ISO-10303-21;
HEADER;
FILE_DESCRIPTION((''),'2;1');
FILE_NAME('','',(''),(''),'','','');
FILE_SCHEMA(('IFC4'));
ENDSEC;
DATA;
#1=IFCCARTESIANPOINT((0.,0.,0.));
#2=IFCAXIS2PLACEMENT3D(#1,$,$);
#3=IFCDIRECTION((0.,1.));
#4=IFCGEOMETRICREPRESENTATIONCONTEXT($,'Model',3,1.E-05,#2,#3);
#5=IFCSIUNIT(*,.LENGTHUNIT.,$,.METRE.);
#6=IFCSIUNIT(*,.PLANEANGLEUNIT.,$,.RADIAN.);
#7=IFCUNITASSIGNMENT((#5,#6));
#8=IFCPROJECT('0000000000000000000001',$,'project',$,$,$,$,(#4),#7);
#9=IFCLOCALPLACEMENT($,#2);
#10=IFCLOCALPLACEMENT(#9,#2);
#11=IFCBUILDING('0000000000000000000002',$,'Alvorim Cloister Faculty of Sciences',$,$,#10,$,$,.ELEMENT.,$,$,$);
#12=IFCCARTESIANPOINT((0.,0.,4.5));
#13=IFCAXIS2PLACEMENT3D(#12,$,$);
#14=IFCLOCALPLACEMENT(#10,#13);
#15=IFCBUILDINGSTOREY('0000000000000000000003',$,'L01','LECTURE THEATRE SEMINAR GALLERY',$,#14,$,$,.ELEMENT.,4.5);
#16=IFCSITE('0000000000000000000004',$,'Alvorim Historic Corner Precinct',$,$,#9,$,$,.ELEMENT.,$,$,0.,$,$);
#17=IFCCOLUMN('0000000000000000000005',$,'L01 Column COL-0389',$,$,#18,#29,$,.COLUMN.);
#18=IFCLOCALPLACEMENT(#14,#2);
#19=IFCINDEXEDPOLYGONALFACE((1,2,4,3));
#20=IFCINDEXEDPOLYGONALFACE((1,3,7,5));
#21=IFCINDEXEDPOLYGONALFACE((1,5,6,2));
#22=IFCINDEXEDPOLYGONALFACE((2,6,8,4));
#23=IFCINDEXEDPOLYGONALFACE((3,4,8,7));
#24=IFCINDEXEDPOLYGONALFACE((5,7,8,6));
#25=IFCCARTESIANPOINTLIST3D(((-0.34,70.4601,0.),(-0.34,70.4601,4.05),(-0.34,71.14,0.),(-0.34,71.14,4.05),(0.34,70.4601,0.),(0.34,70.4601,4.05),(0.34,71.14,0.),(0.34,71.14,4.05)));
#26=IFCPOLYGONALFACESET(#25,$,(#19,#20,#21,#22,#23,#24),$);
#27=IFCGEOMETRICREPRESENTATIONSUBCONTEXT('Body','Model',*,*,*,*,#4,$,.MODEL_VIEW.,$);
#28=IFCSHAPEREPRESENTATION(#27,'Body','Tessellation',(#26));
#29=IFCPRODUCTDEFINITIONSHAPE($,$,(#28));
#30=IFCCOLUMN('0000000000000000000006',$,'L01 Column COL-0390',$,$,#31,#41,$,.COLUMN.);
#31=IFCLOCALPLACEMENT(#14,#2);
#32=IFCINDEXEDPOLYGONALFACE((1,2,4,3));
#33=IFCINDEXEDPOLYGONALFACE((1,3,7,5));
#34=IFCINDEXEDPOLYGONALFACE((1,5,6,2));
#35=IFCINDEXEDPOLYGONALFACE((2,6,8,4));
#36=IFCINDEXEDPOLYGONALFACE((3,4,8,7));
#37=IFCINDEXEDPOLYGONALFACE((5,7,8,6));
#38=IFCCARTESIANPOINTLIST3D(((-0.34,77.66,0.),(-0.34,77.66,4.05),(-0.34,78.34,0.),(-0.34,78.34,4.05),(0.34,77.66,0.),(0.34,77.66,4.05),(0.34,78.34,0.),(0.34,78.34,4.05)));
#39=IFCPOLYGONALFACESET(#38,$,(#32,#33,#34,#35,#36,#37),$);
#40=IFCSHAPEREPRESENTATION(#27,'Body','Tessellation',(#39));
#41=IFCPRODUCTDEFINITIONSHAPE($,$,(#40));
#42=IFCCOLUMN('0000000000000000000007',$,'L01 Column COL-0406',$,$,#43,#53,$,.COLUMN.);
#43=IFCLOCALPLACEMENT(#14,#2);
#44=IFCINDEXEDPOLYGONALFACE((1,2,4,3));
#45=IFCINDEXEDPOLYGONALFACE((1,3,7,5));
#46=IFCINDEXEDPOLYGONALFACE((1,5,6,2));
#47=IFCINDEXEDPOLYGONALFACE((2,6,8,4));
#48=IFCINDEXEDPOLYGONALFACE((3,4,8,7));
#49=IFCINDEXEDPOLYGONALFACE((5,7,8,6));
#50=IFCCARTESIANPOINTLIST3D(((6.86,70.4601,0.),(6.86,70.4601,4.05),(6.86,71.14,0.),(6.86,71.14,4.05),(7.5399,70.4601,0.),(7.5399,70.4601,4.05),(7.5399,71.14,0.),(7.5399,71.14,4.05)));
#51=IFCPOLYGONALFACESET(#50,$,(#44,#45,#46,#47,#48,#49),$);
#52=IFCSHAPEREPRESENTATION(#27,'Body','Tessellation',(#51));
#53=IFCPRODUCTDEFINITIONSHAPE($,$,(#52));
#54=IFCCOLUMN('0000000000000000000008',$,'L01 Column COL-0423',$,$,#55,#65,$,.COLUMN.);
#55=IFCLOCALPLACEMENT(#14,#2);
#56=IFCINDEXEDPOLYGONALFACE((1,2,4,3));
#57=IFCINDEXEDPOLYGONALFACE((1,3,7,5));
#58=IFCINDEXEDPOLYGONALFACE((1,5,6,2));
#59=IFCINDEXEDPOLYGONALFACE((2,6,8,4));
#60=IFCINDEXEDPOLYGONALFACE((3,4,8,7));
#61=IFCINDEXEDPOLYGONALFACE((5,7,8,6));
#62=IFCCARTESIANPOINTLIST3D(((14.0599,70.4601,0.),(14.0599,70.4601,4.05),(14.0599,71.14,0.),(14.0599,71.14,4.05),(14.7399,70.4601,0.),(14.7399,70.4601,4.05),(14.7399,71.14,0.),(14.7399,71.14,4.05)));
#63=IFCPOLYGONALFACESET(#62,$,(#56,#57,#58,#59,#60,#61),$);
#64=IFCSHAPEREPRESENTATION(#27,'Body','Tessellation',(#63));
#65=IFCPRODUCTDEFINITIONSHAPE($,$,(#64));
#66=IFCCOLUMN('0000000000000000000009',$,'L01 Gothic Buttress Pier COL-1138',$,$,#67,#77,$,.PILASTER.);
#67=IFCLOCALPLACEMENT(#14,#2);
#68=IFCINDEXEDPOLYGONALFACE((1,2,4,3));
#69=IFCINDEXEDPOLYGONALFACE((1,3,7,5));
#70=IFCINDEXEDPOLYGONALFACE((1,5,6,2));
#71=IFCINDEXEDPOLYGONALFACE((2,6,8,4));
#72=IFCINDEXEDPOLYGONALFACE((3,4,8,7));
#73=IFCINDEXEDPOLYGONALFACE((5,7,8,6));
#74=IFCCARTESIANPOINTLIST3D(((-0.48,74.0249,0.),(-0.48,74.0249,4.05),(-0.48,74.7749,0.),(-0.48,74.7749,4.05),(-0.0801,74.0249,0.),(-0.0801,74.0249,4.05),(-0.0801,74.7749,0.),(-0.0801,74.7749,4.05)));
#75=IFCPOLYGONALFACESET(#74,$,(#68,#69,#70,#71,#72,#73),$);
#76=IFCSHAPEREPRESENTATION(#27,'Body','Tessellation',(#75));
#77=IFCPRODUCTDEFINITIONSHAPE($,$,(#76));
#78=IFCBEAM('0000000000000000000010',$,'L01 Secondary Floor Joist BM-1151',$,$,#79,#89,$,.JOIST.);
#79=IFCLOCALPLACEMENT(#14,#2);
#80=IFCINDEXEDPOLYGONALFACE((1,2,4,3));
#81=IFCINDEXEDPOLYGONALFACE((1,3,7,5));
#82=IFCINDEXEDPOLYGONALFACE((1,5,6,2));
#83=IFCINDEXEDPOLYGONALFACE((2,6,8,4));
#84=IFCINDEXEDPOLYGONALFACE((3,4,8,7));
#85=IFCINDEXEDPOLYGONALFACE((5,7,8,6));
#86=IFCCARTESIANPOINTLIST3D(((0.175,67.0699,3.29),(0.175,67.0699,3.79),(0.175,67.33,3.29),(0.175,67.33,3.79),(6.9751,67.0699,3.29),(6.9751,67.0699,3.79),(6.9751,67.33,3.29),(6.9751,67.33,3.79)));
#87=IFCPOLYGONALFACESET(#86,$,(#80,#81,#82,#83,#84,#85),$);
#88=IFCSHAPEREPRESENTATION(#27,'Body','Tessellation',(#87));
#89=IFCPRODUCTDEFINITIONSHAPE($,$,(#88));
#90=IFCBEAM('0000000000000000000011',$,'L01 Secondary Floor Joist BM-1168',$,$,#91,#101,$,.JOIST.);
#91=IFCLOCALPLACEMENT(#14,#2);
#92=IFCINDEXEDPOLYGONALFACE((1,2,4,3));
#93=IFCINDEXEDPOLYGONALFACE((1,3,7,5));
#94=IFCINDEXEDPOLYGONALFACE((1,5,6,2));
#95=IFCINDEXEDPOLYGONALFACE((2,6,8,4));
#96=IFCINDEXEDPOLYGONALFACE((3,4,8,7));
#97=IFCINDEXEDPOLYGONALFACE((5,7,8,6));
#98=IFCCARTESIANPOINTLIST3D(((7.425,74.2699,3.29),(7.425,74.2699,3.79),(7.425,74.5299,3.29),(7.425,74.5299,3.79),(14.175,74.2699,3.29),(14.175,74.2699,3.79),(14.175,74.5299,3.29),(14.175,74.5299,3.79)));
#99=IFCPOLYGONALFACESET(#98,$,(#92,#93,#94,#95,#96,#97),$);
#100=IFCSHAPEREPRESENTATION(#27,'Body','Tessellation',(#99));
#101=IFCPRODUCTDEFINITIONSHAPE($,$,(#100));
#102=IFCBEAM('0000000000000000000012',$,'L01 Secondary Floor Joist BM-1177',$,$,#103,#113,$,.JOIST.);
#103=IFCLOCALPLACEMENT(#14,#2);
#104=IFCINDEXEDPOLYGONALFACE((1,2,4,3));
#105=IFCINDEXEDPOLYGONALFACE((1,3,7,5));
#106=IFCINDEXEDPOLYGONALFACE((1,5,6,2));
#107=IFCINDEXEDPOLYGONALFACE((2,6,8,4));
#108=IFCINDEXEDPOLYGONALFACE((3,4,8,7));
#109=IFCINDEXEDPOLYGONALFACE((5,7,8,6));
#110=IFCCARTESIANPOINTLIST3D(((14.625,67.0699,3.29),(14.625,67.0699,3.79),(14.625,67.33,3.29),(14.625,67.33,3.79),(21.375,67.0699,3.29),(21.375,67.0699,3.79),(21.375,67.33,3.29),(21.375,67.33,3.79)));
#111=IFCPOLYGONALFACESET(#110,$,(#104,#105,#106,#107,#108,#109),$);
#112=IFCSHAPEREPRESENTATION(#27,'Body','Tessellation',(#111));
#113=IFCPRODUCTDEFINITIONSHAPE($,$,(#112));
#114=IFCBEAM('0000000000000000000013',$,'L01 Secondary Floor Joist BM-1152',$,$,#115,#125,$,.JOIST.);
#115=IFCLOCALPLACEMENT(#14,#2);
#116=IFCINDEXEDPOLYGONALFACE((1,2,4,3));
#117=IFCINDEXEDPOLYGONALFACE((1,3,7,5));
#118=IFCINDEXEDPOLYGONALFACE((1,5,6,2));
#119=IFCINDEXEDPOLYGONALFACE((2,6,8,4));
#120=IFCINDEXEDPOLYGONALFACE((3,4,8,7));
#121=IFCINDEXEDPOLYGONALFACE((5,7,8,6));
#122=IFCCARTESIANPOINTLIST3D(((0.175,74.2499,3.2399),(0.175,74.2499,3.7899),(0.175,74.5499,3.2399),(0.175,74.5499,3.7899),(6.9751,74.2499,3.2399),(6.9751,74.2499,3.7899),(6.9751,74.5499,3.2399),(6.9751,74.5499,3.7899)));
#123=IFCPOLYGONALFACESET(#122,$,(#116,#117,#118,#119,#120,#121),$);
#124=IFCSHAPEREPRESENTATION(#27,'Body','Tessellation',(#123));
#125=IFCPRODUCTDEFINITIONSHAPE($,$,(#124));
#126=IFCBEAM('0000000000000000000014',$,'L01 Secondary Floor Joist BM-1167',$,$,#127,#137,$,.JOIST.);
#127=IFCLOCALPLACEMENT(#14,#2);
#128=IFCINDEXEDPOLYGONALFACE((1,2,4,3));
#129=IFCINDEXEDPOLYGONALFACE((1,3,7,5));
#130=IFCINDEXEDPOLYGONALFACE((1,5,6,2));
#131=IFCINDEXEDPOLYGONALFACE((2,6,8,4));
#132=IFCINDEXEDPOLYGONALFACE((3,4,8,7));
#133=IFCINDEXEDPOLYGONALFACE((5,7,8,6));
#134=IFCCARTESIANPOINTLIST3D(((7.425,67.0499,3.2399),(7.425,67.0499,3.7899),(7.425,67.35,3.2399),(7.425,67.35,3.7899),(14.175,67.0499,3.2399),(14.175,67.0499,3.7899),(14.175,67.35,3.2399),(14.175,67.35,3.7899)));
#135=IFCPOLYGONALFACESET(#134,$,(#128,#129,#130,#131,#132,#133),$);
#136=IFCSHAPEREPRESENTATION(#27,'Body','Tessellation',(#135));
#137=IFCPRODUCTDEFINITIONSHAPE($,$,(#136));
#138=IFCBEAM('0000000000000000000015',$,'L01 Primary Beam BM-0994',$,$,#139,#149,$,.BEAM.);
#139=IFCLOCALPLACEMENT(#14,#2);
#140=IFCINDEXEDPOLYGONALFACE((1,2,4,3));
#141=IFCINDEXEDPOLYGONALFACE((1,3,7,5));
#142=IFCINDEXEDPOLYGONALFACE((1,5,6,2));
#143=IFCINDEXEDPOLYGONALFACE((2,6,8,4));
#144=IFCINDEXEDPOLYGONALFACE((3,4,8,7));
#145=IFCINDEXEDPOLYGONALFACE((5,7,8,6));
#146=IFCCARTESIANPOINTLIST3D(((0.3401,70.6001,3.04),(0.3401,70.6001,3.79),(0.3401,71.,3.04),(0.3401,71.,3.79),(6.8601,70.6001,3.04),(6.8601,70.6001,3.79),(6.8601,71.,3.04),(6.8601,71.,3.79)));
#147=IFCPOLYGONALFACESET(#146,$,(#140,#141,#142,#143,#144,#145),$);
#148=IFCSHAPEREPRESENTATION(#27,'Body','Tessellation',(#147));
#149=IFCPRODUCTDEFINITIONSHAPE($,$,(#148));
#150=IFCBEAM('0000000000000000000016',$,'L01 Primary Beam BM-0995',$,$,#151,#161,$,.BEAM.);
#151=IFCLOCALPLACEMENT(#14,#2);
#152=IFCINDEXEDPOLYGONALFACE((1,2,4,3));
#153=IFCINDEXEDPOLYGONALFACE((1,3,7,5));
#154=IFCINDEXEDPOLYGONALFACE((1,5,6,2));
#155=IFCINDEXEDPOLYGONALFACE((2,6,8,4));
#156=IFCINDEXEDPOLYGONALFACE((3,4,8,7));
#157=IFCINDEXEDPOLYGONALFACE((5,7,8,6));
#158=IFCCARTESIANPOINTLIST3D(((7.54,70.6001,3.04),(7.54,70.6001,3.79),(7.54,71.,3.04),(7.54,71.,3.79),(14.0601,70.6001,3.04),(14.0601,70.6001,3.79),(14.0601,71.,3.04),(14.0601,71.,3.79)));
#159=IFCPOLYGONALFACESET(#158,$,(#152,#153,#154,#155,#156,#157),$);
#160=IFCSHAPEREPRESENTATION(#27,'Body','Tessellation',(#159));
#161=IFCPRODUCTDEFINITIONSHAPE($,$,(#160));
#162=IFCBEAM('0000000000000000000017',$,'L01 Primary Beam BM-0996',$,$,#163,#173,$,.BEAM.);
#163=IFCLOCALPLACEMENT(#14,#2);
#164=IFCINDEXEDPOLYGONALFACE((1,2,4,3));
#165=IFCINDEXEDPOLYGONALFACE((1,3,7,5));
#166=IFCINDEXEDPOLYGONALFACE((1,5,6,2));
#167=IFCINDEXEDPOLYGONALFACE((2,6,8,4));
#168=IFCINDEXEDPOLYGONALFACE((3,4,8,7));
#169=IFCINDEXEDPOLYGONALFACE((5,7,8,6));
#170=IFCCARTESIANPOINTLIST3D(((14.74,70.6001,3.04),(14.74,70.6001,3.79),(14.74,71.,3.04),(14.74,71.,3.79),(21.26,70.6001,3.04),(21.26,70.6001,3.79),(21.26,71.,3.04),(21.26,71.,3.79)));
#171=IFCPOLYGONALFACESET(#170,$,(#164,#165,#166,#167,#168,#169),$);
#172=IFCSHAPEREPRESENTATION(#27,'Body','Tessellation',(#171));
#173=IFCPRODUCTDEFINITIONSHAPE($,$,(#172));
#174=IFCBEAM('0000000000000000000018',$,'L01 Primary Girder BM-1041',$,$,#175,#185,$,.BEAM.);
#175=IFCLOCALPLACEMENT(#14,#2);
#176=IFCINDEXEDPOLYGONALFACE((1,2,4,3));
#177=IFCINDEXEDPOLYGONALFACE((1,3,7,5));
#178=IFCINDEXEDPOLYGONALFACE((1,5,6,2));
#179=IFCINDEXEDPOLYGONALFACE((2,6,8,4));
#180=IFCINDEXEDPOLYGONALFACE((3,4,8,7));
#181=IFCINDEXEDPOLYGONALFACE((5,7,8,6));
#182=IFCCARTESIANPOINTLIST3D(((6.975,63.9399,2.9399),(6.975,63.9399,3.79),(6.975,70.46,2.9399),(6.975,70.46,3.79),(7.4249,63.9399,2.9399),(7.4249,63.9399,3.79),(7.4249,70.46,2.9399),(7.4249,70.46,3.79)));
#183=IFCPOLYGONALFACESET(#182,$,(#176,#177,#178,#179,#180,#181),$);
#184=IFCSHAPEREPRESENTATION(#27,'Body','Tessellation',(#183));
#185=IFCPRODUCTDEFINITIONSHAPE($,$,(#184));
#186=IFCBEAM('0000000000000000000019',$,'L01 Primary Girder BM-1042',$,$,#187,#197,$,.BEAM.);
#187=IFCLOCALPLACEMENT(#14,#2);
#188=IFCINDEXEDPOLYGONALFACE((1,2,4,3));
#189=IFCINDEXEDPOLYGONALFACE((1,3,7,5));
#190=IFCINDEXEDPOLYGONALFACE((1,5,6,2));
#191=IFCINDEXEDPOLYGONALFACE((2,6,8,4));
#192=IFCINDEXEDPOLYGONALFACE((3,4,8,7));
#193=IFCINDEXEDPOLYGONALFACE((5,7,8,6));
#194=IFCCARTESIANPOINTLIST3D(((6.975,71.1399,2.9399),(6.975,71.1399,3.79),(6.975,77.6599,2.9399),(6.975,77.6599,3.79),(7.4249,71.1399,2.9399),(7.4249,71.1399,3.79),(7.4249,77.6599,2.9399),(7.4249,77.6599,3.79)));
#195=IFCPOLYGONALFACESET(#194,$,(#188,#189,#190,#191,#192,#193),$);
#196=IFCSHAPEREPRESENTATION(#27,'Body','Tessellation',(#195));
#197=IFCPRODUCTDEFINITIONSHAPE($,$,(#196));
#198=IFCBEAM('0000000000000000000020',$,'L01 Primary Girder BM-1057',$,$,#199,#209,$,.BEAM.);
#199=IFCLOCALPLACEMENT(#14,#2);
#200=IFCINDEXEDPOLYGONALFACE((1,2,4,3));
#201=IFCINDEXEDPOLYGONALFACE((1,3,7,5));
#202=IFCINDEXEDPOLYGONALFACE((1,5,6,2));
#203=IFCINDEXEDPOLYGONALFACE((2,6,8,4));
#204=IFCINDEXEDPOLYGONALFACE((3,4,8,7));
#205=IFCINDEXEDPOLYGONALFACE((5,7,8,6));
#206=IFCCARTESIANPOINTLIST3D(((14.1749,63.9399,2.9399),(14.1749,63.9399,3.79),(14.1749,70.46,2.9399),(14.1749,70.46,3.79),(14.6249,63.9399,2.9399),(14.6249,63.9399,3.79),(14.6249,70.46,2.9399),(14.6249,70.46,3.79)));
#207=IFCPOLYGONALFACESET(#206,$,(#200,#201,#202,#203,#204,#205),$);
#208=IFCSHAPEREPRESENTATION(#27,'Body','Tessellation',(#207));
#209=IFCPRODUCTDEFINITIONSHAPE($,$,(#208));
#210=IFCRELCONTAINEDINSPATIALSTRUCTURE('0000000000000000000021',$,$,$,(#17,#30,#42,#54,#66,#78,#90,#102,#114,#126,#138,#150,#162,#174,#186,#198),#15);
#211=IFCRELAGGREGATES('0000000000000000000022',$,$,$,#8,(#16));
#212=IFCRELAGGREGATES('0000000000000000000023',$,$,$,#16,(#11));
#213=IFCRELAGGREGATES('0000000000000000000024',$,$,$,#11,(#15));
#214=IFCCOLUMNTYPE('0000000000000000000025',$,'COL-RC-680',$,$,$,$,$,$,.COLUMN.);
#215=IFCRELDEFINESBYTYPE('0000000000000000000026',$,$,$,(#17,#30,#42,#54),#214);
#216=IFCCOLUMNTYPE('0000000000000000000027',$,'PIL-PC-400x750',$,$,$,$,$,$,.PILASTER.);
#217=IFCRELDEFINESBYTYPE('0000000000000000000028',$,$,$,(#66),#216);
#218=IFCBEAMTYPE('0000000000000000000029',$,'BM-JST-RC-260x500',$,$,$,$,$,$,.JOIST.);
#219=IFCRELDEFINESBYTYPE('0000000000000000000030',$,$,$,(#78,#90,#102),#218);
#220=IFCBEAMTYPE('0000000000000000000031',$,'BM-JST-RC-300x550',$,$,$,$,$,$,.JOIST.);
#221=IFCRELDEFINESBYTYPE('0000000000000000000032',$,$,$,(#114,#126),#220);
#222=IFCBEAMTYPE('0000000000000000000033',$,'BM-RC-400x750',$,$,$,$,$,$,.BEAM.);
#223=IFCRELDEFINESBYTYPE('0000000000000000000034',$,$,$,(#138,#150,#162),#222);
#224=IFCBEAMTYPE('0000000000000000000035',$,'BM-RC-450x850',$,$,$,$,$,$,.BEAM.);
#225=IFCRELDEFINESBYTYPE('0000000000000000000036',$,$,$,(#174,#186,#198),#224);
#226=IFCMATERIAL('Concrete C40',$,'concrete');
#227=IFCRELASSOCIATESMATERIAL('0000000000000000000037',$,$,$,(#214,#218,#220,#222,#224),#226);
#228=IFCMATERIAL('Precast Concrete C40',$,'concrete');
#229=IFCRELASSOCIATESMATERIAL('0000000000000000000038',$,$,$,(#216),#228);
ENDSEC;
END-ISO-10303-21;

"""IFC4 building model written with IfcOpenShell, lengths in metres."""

from ifc_helpers import new_model, si_unit, direction, frame, origin, origin_2d, place, context, subcontext, project, spatial, rectangle, extrude, material, material_profile, profile_set, type_object, element, save


model = new_model("IFC4")

# Units and contexts
model_context = context("Model", 3, precision=1e-05, world=origin(), true_north=direction((0.0, 1.0)))
body_context = subcontext(model_context, "Body", "Model", "MODEL_VIEW")
ifc_project = project(units=[si_unit("LENGTHUNIT", "METRE"), si_unit("PLANEANGLEUNIT", "RADIAN")], contexts=[model_context])

# Site, building, storey
site_placement = place(None, origin())
site = spatial("IfcSite", under=ifc_project, at=site_placement, Name="Alvorim Historic Corner Precinct", CompositionType="ELEMENT", RefElevation=0.0)
building_placement = place(site_placement, origin())
building = spatial("IfcBuilding", under=site, at=building_placement, Name="Alvorim Cloister Faculty of Sciences", CompositionType="ELEMENT")
storey_placement = place(building_placement, frame((0.0, 0.0, 4.5)))
storey = spatial("IfcBuildingStorey", under=building, at=storey_placement, Name="L01", Description="LECTURE THEATRE SEMINAR GALLERY", CompositionType="ELEMENT", Elevation=4.5)

# Columns
ifc_material_1 = material(Name="Concrete C40", Category="concrete")
ifc_material_profile_1 = material_profile(ifc_material_1, rectangle(XDim=0.6799, YDim=0.6799, at=origin_2d()), Name="RC40-COL-680x680")
ifc_profile_set_1 = profile_set([ifc_material_profile_1], Name="Concrete C40")
column_type_1 = type_object("IfcColumnType", Name="COL-RC-680", PredefinedType="COLUMN", material=ifc_profile_set_1)
for number, where, z_axis, x_axis, name in (
    (1, (0.0, 70.8, 0.0), (0.0, 0.0, 1.0), (1.0, 0.0, 0.0), "L01 Column COL-0389"),
    (2, (0.0, 78.0, 0.0), (0.0, 0.0, 1.0), (1.0, 0.0, 0.0), "L01 Column COL-0390"),
    (3, (7.2, 70.8, 0.0), (0.0, 0.0, 1.0), (1.0, 0.0, 0.0), "L01 Column COL-0406"),
    (4, (14.3999, 70.8, 0.0), (0.0, 0.0, 1.0), (1.0, 0.0, 0.0), "L01 Column COL-0423"),
):
    element("IfcColumn", number, at=place(storey_placement, frame(where, z_axis=z_axis, x_axis=x_axis)), inside=storey, type_object=column_type_1, Name=name, PredefinedType="COLUMN", context=body_context, shape_type="SweptSolid", body=[
        extrude(rectangle(XDim=0.6799, YDim=0.6799, at=origin_2d()), origin(), (0.0, 0.0, 1.0), 4.05),
    ])
ifc_material_2 = material(Name="Precast Concrete C40", Category="concrete")
ifc_material_profile_2 = material_profile(ifc_material_2, rectangle(XDim=0.3999, YDim=0.75, at=origin_2d()), Name="RC40-PIL-400x750")
ifc_profile_set_2 = profile_set([ifc_material_profile_2], Name="Precast Concrete C40")
column_type_2 = type_object("IfcColumnType", Name="PIL-PC-400x750", PredefinedType="PILASTER", material=ifc_profile_set_2)
column_placement = place(storey_placement, frame((-0.28, 74.3999, 0.0), z_axis=(0.0, 0.0, 1.0), x_axis=(1.0, 0.0, 0.0)))
element("IfcColumn", 5, at=column_placement, inside=storey, type_object=column_type_2, Name="L01 Gothic Buttress Pier COL-1138", PredefinedType="PILASTER", context=body_context, shape_type="SweptSolid", body=[
    extrude(rectangle(XDim=0.3999, YDim=0.75, at=origin_2d()), origin(), (0.0, 0.0, 1.0), 4.05),
])

# Beams
ifc_material_profile_3 = material_profile(ifc_material_1, rectangle(XDim=0.26, YDim=0.5, at=origin_2d()), Name="RC40-JST-260x500")
ifc_profile_set_3 = profile_set([ifc_material_profile_3], Name="Concrete C40")
beam_type_1 = type_object("IfcBeamType", Name="BM-JST-RC-260x500", PredefinedType="JOIST", material=ifc_profile_set_3)
beam_1_placement = place(storey_placement, frame((0.175, 67.2, 3.54), z_axis=(1.0, 0.0, 0.0), x_axis=(0.0, 1.0, 0.0)))
element("IfcBeam", 6, at=beam_1_placement, inside=storey, type_object=beam_type_1, Name="L01 Secondary Floor Joist BM-1151", PredefinedType="JOIST", context=body_context, shape_type="SweptSolid", body=[
    extrude(rectangle(XDim=0.26, YDim=0.5, at=origin_2d()), origin(), (0.0, 0.0, 1.0), 6.8),
])
for number, where, z_axis, x_axis, name in (
    (7, (7.425, 74.3999, 3.54), (1.0, 0.0, 0.0), (0.0, 1.0, 0.0), "L01 Secondary Floor Joist BM-1168"),
    (8, (14.625, 67.2, 3.54), (1.0, 0.0, 0.0), (0.0, 1.0, 0.0), "L01 Secondary Floor Joist BM-1177"),
):
    element("IfcBeam", number, at=place(storey_placement, frame(where, z_axis=z_axis, x_axis=x_axis)), inside=storey, type_object=beam_type_1, Name=name, PredefinedType="JOIST", context=body_context, shape_type="SweptSolid", body=[
        extrude(rectangle(XDim=0.26, YDim=0.5, at=origin_2d()), origin(), (0.0, 0.0, 1.0), 6.75),
    ])
ifc_material_profile_4 = material_profile(ifc_material_1, rectangle(XDim=0.3, YDim=0.55, at=origin_2d()), Name="RC40-JST-300x550")
ifc_profile_set_4 = profile_set([ifc_material_profile_4], Name="Concrete C40")
beam_type_2 = type_object("IfcBeamType", Name="BM-JST-RC-300x550", PredefinedType="JOIST", material=ifc_profile_set_4)
beam_2_placement = place(storey_placement, frame((0.175, 74.3999, 3.5149), z_axis=(1.0, 0.0, 0.0), x_axis=(0.0, 1.0, 0.0)))
element("IfcBeam", 9, at=beam_2_placement, inside=storey, type_object=beam_type_2, Name="L01 Secondary Floor Joist BM-1152", PredefinedType="JOIST", context=body_context, shape_type="SweptSolid", body=[
    extrude(rectangle(XDim=0.3, YDim=0.55, at=origin_2d()), origin(), (0.0, 0.0, 1.0), 6.8),
])
beam_3_placement = place(storey_placement, frame((7.425, 67.2, 3.5149), z_axis=(1.0, 0.0, 0.0), x_axis=(0.0, 1.0, 0.0)))
element("IfcBeam", 10, at=beam_3_placement, inside=storey, type_object=beam_type_2, Name="L01 Secondary Floor Joist BM-1167", PredefinedType="JOIST", context=body_context, shape_type="SweptSolid", body=[
    extrude(rectangle(XDim=0.3, YDim=0.55, at=origin_2d()), origin(), (0.0, 0.0, 1.0), 6.75),
])
ifc_material_profile_5 = material_profile(ifc_material_1, rectangle(XDim=0.3999, YDim=0.75, at=origin_2d()), Name="RC40-BM-400x750")
ifc_profile_set_5 = profile_set([ifc_material_profile_5], Name="Concrete C40")
beam_type_3 = type_object("IfcBeamType", Name="BM-RC-400x750", PredefinedType="BEAM", material=ifc_profile_set_5)
for number, where, z_axis, x_axis, name in (
    (11, (0.3401, 70.8, 3.415), (1.0, 0.0, 0.0), (0.0, 1.0, 0.0), "L01 Primary Beam BM-0994"),
    (12, (7.54, 70.8, 3.415), (1.0, 0.0, 0.0), (0.0, 1.0, 0.0), "L01 Primary Beam BM-0995"),
    (13, (14.74, 70.8, 3.415), (1.0, 0.0, 0.0), (0.0, 1.0, 0.0), "L01 Primary Beam BM-0996"),
):
    element("IfcBeam", number, at=place(storey_placement, frame(where, z_axis=z_axis, x_axis=x_axis)), inside=storey, type_object=beam_type_3, Name=name, PredefinedType="BEAM", context=body_context, shape_type="SweptSolid", body=[
        extrude(rectangle(XDim=0.3999, YDim=0.75, at=origin_2d()), origin(), (0.0, 0.0, 1.0), 6.52),
    ])
ifc_material_profile_6 = material_profile(ifc_material_1, rectangle(XDim=0.45, YDim=0.8501, at=origin_2d()), Name="RC40-BM-450x850")
ifc_profile_set_6 = profile_set([ifc_material_profile_6], Name="Concrete C40")
beam_type_4 = type_object("IfcBeamType", Name="BM-RC-450x850", PredefinedType="BEAM", material=ifc_profile_set_6)
for number, where, z_axis, x_axis, name in (
    (14, (7.2, 63.9399, 3.365), (0.0, 1.0, 0.0), (-1.0, 0.0, 0.0), "L01 Primary Girder BM-1041"),
    (15, (7.2, 71.1399, 3.365), (0.0, 1.0, 0.0), (-1.0, 0.0, 0.0), "L01 Primary Girder BM-1042"),
    (16, (14.3999, 63.9399, 3.365), (0.0, 1.0, 0.0), (-1.0, 0.0, 0.0), "L01 Primary Girder BM-1057"),
):
    element("IfcBeam", number, at=place(storey_placement, frame(where, z_axis=z_axis, x_axis=x_axis)), inside=storey, type_object=beam_type_4, Name=name, PredefinedType="BEAM", context=body_context, shape_type="SweptSolid", body=[
        extrude(rectangle(XDim=0.45, YDim=0.8501, at=origin_2d()), origin(), (0.0, 0.0, 1.0), 6.52),
    ])

save(model, "model.ifc")
